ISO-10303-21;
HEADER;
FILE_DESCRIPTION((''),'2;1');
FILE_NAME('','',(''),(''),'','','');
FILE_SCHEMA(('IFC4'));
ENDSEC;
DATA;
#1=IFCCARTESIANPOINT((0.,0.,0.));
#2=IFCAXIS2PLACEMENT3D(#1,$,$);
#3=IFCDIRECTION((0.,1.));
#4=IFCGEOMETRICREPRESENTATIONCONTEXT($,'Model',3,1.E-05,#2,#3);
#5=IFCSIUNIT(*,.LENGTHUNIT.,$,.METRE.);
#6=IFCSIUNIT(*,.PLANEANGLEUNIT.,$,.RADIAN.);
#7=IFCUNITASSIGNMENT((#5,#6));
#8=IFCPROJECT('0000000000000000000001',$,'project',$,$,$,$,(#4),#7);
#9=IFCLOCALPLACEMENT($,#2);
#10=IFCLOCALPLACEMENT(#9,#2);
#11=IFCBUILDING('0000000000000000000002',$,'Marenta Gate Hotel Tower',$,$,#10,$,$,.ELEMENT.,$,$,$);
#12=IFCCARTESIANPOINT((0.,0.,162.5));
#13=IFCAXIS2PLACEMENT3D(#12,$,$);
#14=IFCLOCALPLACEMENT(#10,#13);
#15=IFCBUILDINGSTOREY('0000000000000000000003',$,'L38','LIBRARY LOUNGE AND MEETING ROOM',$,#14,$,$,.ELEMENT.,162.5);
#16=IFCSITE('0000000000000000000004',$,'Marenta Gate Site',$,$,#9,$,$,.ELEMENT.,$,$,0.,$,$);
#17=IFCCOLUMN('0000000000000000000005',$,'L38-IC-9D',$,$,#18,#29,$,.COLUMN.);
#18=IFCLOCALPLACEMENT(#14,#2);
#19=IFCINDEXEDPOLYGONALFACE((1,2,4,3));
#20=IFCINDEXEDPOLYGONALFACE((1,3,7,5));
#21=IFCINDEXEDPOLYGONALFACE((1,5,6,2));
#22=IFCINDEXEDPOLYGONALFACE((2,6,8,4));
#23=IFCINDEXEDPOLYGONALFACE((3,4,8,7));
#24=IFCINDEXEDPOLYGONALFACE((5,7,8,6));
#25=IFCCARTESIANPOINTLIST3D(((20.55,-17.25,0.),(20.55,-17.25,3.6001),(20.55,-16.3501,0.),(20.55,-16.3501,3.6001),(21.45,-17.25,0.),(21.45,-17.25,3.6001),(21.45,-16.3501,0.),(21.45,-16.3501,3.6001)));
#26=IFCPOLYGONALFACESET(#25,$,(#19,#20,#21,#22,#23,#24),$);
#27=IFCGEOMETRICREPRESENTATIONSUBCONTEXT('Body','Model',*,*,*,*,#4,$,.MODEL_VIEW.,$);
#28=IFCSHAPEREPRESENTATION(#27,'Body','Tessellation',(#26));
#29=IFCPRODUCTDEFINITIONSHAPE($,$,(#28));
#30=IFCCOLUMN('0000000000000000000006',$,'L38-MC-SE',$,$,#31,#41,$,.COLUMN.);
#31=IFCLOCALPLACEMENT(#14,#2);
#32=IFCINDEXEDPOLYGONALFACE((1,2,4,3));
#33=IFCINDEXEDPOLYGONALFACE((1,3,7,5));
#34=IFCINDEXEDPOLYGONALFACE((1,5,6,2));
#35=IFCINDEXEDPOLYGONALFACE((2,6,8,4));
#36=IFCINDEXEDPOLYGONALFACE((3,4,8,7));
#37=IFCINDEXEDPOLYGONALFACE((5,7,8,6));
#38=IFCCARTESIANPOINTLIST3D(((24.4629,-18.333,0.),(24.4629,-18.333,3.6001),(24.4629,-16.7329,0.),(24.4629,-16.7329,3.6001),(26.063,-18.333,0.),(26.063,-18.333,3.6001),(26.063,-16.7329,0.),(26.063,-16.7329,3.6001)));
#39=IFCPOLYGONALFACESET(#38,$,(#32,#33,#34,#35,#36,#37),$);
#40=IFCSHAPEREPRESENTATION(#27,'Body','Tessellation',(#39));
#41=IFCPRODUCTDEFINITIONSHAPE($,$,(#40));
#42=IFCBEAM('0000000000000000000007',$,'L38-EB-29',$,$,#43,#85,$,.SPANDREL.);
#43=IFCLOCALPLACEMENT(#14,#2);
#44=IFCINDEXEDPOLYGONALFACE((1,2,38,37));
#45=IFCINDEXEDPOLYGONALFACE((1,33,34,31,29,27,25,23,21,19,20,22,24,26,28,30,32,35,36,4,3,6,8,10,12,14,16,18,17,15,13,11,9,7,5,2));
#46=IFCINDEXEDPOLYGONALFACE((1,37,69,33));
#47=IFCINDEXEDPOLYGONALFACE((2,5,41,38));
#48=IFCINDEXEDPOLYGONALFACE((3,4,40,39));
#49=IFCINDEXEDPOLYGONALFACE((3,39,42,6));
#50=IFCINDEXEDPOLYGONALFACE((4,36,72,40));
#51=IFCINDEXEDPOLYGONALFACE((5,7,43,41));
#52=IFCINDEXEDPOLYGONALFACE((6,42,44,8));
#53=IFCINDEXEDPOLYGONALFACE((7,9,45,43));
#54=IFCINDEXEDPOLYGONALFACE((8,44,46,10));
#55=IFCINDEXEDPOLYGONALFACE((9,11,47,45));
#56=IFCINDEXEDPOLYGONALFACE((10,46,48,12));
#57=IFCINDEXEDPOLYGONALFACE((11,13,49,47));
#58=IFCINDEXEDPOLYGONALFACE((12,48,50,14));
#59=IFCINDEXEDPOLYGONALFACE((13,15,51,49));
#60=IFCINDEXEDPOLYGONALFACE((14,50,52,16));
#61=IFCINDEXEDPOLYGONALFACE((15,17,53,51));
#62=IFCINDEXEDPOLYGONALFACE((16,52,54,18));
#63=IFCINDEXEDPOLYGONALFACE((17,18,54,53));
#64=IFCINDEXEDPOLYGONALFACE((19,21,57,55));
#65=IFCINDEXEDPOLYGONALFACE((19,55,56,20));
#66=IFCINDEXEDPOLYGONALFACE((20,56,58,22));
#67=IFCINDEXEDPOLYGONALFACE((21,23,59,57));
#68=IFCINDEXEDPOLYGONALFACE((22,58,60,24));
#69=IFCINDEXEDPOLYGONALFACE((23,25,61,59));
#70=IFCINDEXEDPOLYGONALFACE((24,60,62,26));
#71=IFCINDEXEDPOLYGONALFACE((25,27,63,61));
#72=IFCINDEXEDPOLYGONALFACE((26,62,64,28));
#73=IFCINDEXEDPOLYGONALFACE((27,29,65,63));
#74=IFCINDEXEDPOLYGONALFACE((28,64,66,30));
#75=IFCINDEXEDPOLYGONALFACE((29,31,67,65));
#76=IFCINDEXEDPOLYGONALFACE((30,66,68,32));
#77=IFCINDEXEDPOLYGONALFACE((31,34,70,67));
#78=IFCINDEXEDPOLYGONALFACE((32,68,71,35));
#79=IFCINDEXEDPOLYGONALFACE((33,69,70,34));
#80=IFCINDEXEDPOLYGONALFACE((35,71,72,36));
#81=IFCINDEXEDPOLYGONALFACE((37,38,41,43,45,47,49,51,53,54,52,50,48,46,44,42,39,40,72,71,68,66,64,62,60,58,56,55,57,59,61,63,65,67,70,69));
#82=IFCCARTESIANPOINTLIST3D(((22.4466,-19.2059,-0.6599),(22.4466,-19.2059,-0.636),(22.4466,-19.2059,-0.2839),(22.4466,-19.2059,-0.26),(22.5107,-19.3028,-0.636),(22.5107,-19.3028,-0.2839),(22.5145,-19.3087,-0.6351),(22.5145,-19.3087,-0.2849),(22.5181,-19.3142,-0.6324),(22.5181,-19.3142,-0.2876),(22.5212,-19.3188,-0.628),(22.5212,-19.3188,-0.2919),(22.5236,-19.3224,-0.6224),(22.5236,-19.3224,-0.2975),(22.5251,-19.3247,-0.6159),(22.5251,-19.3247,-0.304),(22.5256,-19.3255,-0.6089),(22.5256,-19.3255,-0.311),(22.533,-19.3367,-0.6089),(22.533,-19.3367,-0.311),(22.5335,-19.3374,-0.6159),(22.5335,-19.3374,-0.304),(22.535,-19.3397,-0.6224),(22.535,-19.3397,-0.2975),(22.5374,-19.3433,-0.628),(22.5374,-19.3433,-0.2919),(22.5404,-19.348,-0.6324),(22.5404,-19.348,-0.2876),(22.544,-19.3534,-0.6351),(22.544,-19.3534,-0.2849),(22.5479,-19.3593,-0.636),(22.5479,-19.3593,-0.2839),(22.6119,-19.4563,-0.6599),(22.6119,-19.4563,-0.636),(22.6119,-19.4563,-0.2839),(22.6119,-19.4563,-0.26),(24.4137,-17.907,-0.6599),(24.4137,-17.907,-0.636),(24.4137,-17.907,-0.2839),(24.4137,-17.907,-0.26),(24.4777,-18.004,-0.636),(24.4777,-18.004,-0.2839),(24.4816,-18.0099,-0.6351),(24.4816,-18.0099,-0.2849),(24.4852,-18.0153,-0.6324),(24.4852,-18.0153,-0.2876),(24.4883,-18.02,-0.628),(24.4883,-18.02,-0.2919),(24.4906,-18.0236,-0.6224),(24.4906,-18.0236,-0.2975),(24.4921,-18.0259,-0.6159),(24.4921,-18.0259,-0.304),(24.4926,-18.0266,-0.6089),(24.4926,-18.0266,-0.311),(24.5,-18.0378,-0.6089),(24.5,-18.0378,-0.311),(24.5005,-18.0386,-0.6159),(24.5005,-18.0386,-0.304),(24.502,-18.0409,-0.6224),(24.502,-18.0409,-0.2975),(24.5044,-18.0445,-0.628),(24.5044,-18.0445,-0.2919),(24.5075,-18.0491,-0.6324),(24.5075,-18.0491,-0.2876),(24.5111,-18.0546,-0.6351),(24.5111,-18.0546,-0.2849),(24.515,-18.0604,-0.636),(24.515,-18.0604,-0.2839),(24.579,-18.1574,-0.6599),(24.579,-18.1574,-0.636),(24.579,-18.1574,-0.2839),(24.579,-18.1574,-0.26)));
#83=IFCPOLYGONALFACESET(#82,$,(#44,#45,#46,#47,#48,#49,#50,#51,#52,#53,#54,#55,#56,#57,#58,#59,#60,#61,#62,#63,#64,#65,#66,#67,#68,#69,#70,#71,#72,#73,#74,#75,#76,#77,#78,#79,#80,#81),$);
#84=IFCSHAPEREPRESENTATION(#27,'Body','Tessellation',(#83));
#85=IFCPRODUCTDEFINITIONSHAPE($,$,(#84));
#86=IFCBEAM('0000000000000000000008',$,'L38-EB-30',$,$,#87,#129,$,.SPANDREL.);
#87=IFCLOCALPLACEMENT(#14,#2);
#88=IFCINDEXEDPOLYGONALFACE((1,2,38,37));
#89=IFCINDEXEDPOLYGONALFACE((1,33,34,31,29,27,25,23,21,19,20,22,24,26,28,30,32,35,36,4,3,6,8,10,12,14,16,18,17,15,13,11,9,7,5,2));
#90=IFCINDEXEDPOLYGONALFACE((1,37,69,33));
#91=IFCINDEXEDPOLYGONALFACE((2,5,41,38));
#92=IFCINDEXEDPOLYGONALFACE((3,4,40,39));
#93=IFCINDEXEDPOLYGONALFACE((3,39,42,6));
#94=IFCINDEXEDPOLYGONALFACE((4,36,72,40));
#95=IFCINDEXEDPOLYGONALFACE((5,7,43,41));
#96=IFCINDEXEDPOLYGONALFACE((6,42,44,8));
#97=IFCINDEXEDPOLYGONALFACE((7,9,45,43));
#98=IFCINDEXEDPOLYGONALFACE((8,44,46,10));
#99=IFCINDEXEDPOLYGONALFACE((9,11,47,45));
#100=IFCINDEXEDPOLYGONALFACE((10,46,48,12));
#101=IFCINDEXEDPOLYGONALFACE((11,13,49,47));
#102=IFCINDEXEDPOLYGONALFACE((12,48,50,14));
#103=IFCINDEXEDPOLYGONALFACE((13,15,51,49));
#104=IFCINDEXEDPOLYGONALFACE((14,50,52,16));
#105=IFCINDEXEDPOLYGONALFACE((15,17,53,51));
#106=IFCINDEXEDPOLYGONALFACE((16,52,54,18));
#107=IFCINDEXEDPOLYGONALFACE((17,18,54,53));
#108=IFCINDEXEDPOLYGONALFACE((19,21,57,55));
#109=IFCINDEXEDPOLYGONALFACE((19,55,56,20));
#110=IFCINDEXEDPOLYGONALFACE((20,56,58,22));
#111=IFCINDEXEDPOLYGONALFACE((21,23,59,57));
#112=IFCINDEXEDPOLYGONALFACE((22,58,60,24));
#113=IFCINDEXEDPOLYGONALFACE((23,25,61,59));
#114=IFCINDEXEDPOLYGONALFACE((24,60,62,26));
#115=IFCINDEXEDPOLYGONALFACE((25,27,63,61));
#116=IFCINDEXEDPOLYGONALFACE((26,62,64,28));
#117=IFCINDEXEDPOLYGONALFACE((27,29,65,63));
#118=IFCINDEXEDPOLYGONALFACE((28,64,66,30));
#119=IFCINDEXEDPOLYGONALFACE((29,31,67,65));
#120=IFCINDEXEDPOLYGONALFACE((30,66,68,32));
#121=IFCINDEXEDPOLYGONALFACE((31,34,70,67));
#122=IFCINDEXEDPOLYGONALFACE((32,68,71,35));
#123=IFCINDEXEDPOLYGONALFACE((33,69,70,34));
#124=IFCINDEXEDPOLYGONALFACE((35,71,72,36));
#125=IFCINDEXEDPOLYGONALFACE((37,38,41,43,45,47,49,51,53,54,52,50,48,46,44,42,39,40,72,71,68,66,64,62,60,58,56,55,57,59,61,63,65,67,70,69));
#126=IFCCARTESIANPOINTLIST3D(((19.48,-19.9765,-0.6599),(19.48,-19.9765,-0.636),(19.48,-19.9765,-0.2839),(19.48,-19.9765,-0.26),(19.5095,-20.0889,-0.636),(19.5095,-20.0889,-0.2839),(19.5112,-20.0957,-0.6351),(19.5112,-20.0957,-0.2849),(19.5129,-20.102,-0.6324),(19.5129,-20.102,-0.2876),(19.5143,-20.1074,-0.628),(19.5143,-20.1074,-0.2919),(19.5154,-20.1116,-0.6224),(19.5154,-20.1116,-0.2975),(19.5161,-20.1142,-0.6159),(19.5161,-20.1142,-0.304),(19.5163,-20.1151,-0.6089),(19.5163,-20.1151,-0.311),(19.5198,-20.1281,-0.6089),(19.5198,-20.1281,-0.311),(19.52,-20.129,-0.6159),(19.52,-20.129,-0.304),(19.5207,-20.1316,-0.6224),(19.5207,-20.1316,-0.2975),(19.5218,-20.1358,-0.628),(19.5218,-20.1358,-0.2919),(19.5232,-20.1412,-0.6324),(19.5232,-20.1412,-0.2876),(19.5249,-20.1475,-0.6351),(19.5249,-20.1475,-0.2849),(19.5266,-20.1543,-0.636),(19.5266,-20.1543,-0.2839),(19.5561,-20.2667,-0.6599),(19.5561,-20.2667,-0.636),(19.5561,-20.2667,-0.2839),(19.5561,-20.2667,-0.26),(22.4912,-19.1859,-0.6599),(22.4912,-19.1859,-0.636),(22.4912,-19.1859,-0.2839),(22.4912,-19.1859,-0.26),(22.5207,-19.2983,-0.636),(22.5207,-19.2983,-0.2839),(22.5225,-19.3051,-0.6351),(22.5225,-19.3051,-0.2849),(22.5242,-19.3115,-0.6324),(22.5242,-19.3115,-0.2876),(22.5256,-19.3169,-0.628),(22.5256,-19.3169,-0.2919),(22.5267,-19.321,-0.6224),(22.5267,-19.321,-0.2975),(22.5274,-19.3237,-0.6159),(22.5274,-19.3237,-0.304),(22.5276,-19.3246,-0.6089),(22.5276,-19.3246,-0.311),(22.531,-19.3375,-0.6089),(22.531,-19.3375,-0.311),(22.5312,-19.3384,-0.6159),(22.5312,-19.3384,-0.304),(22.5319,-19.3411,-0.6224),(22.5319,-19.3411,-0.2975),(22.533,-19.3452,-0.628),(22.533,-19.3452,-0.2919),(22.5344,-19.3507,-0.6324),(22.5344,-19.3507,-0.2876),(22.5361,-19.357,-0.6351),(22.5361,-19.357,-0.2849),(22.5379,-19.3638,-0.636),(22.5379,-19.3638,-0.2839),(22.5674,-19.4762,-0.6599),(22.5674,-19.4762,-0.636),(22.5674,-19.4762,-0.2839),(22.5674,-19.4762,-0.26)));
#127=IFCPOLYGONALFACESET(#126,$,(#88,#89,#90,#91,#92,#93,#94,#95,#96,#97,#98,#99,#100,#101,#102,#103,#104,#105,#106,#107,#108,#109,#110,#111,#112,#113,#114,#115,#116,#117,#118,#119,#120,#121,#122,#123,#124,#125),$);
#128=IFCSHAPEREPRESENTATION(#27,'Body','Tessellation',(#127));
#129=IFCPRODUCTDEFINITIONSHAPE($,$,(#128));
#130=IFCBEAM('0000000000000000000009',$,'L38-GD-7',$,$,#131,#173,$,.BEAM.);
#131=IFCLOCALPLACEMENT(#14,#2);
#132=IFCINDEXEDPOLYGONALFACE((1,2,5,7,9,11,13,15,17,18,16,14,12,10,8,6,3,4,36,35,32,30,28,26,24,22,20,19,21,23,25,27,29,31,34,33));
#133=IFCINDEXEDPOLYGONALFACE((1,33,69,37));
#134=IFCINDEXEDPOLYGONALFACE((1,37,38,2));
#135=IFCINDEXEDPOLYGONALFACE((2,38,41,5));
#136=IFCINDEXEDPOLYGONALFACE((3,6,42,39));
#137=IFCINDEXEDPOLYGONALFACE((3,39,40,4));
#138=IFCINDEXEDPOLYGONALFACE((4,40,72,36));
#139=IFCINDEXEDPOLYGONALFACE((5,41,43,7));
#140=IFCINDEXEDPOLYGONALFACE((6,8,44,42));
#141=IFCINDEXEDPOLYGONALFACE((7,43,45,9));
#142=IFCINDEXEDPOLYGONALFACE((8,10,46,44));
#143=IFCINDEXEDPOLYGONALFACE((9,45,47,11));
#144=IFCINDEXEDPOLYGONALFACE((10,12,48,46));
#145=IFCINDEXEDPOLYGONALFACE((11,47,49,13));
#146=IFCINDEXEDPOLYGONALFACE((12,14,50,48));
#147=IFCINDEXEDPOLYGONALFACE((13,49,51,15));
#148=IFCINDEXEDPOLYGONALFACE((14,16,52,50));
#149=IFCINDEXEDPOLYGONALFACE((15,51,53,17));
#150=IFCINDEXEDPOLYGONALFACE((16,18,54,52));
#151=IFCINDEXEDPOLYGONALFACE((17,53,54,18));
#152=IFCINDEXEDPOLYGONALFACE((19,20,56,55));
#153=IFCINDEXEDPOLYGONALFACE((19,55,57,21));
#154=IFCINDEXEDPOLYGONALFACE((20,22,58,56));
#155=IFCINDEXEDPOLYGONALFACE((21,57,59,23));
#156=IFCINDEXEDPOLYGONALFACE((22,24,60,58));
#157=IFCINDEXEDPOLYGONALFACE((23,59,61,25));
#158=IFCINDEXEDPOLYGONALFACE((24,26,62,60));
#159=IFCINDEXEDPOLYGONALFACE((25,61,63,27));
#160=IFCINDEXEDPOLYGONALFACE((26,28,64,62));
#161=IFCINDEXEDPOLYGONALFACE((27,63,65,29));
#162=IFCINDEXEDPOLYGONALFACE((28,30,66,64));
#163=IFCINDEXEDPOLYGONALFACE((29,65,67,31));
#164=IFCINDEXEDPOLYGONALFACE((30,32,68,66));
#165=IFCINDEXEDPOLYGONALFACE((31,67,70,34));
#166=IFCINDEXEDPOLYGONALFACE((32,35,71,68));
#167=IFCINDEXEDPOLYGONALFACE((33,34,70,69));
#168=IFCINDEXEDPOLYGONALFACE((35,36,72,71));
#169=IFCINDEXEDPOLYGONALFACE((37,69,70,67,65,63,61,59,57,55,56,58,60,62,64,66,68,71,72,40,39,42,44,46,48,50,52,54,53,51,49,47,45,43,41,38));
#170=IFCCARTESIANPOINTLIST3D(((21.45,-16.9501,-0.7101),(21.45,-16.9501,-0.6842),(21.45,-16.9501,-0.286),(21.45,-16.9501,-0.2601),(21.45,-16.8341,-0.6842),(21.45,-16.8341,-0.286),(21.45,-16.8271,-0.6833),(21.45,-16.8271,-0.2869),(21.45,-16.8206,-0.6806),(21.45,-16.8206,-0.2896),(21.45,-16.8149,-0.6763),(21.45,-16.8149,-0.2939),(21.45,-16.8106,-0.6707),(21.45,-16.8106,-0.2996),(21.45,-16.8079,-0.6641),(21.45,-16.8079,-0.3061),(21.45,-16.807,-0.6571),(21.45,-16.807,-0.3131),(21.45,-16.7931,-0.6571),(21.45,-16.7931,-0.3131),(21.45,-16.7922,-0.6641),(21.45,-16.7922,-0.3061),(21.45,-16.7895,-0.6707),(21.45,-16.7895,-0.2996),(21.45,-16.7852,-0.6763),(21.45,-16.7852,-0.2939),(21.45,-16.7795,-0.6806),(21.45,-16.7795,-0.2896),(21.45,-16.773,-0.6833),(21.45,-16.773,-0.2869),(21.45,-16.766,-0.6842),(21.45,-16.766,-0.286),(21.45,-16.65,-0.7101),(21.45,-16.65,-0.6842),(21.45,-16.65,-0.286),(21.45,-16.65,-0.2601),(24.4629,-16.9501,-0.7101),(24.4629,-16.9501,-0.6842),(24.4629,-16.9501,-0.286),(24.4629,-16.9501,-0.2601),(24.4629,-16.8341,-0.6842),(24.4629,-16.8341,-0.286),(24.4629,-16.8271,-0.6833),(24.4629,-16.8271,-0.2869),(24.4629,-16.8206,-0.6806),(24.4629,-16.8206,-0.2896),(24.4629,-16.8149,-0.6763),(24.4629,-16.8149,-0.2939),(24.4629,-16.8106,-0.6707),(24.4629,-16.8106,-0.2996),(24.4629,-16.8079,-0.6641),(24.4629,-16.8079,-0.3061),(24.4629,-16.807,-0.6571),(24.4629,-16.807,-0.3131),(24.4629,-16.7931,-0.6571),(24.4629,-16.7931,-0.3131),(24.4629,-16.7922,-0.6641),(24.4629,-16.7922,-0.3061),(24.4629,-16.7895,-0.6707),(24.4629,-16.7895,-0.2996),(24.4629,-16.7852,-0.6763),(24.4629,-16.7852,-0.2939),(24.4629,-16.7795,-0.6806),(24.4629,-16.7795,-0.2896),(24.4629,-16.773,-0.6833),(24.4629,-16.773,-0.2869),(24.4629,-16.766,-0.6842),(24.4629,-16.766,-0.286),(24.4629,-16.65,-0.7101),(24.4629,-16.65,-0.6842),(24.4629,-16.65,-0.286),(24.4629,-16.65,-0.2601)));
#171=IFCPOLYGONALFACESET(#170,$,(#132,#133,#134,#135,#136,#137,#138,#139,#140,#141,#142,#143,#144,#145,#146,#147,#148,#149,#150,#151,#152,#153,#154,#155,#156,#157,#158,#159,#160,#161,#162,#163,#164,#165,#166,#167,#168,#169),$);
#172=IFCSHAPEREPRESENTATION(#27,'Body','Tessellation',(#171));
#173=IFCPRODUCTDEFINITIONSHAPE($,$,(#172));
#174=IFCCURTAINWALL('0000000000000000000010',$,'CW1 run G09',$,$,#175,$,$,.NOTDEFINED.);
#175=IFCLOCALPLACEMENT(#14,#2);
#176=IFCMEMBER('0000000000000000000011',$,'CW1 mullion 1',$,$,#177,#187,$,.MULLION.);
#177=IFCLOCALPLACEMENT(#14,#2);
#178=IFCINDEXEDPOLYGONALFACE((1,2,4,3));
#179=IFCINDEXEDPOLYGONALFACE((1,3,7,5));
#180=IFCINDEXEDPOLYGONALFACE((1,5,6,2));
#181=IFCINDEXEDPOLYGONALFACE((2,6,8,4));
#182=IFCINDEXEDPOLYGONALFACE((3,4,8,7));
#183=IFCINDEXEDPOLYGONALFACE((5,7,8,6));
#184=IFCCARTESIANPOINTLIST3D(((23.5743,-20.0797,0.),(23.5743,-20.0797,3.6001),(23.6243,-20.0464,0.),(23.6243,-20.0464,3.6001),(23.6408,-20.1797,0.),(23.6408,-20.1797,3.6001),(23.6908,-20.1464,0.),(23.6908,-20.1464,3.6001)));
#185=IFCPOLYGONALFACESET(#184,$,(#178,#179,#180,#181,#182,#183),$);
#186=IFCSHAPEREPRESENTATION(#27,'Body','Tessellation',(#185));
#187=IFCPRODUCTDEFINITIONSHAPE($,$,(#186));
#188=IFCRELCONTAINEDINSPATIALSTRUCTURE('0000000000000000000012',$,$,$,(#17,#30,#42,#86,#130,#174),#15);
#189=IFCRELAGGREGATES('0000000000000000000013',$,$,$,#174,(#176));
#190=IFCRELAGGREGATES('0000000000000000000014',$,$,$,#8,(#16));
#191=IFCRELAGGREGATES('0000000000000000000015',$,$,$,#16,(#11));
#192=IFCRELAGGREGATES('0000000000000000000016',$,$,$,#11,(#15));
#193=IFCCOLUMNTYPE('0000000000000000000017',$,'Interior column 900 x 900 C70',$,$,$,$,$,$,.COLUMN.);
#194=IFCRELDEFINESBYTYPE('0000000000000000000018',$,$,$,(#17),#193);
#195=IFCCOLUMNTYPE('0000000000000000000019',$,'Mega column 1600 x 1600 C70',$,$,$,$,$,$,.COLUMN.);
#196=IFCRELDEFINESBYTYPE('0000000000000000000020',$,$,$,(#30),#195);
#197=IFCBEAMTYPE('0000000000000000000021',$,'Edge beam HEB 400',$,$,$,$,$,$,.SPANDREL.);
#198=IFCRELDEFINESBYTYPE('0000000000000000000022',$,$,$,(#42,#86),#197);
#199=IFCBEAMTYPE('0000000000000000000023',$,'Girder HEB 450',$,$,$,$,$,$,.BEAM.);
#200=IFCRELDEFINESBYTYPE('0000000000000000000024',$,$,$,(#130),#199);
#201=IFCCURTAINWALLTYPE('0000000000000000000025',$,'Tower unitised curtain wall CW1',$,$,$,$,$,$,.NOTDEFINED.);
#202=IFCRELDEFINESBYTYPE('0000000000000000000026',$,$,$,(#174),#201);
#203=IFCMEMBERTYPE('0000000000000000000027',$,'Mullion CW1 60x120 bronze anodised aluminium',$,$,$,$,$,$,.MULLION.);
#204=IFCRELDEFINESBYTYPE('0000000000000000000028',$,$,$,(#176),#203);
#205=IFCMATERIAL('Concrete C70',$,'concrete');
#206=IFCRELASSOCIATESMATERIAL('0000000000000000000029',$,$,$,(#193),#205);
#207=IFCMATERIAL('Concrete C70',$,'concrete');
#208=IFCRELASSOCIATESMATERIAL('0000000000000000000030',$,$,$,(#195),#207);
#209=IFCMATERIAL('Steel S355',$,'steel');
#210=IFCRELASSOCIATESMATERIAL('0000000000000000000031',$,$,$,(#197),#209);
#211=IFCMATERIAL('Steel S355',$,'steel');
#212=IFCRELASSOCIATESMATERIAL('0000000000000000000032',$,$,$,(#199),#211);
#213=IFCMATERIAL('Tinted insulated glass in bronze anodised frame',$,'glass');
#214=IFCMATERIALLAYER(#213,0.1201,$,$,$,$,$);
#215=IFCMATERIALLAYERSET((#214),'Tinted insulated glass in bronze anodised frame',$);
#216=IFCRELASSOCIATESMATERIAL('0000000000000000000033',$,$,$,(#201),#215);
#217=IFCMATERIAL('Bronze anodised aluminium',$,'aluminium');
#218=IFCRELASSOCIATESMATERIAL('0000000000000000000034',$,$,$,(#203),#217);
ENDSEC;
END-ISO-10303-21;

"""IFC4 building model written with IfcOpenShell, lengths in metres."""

from ifc_helpers import new_model, si_unit, direction, frame, origin, origin_2d, place, context, subcontext, project, spatial, rectangle, i_section, extrude, material, layer, layer_set, material_profile, profile_set, type_object, element, aggregate, save


model = new_model("IFC4")

# Units and contexts
model_context = context("Model", 3, precision=1e-05, world=origin(), true_north=direction((0.0, 1.0)))
body_context = subcontext(model_context, "Body", "Model", "MODEL_VIEW")
ifc_project = project(units=[si_unit("LENGTHUNIT", "METRE"), si_unit("PLANEANGLEUNIT", "RADIAN")], contexts=[model_context])

# Site, building, storey
site_placement = place(None, origin())
site = spatial("IfcSite", under=ifc_project, at=site_placement, Name="Marenta Gate Site", CompositionType="ELEMENT", RefElevation=0.0)
building_placement = place(site_placement, origin())
building = spatial("IfcBuilding", under=site, at=building_placement, Name="Marenta Gate Hotel Tower", CompositionType="ELEMENT")
storey_placement = place(building_placement, frame((0.0, 0.0, 162.5)))
storey = spatial("IfcBuildingStorey", under=building, at=storey_placement, Name="L38", Description="LIBRARY LOUNGE AND MEETING ROOM", CompositionType="ELEMENT", Elevation=162.5)

# Columns
ifc_material_1 = material(Name="Concrete C70", Category="concrete")
ifc_material_profile_1 = material_profile(ifc_material_1, rectangle(XDim=0.8999, YDim=0.8999, at=origin_2d()), Name="900 x 900")
ifc_profile_set_1 = profile_set([ifc_material_profile_1], Name="Concrete C70")
column_type_1 = type_object("IfcColumnType", Name="Interior column 900 x 900 C70", PredefinedType="COLUMN", material=ifc_profile_set_1)
column_1_placement = place(storey_placement, frame((21.0, -16.8, 0.0), z_axis=(0.0, 0.0, 1.0), x_axis=(1.0, 0.0, 0.0)))
element("IfcColumn", 1, at=column_1_placement, inside=storey, type_object=column_type_1, Name="L38-IC-9D", PredefinedType="COLUMN", context=body_context, shape_type="SweptSolid", body=[
    extrude(rectangle(XDim=0.8999, YDim=0.8999, at=origin_2d()), origin(), (0.0, 0.0, 1.0), 3.6001),
])
ifc_material_2 = material(Name="Concrete C70", Category="concrete")
ifc_material_profile_2 = material_profile(ifc_material_2, rectangle(XDim=1.6001, YDim=1.6001, at=origin_2d()), Name="1600 x 1600")
ifc_profile_set_2 = profile_set([ifc_material_profile_2], Name="Concrete C70")
column_type_2 = type_object("IfcColumnType", Name="Mega column 1600 x 1600 C70", PredefinedType="COLUMN", material=ifc_profile_set_2)
column_2_placement = place(storey_placement, frame((25.2629, -17.533, 0.0), z_axis=(0.0, 0.0, 1.0), x_axis=(1.0, 0.0, 0.0)))
element("IfcColumn", 2, at=column_2_placement, inside=storey, type_object=column_type_2, Name="L38-MC-SE", PredefinedType="COLUMN", context=body_context, shape_type="SweptSolid", body=[
    extrude(rectangle(XDim=1.6001, YDim=1.6001, at=origin_2d()), origin(), (0.0, 0.0, 1.0), 3.6001),
])

# Beams
ifc_material_3 = material(Name="Steel S355", Category="steel")
ifc_material_profile_3 = material_profile(ifc_material_3, i_section(OverallWidth=0.3, OverallDepth=0.3999, WebThickness=0.0134, FlangeThickness=0.0239, FilletRadius=0.0271, at=origin_2d()), Name="HEB 400")
ifc_profile_set_3 = profile_set([ifc_material_profile_3], Name="Steel S355")
beam_type_1 = type_object("IfcBeamType", Name="Edge beam HEB 400", PredefinedType="SPANDREL", material=ifc_profile_set_3)
beam_1_placement = place(storey_placement, frame((24.4963, -18.0322, -0.46), z_axis=(-0.834496, -0.551014, 0.0), x_axis=(0.551014, -0.834496, 0.0)))
element("IfcBeam", 3, at=beam_1_placement, inside=storey, type_object=beam_type_1, Name="L38-EB-29", PredefinedType="SPANDREL", context=body_context, shape_type="SweptSolid", body=[
    extrude(i_section(OverallWidth=0.3, OverallDepth=0.3999, WebThickness=0.0134, FlangeThickness=0.0239, FilletRadius=0.0271, at=origin_2d()), origin(), (0.0, 0.0, 1.0), 2.3572),
])
beam_2_placement = place(storey_placement, frame((22.5293, -19.3311, -0.46), z_axis=(-0.967225, -0.253922, 0.0), x_axis=(0.253922, -0.967225, 0.0)))
element("IfcBeam", 4, at=beam_2_placement, inside=storey, type_object=beam_type_1, Name="L38-EB-30", PredefinedType="SPANDREL", context=body_context, shape_type="SweptSolid", body=[
    extrude(i_section(OverallWidth=0.3, OverallDepth=0.3999, WebThickness=0.0134, FlangeThickness=0.0239, FilletRadius=0.0271, at=origin_2d()), origin(), (0.0, 0.0, 1.0), 3.1133),
])
ifc_material_4 = material(Name="Steel S355", Category="steel")
ifc_material_profile_4 = material_profile(ifc_material_4, i_section(OverallWidth=0.3, OverallDepth=0.45, WebThickness=0.0139, FlangeThickness=0.0259, FilletRadius=0.0271, at=origin_2d()), Name="HEB 450")
ifc_profile_set_4 = profile_set([ifc_material_profile_4], Name="Steel S355")
beam_type_2 = type_object("IfcBeamType", Name="Girder HEB 450", PredefinedType="BEAM", material=ifc_profile_set_4)
beam_3_placement = place(storey_placement, frame((21.45, -16.8, -0.4851), z_axis=(1.0, 0.0, 0.0), x_axis=(0.0, 1.0, 0.0)))
element("IfcBeam", 5, at=beam_3_placement, inside=storey, type_object=beam_type_2, Name="L38-GD-7", PredefinedType="BEAM", context=body_context, shape_type="SweptSolid", body=[
    extrude(i_section(OverallWidth=0.3, OverallDepth=0.45, WebThickness=0.0139, FlangeThickness=0.0259, FilletRadius=0.0271, at=origin_2d()), origin(), (0.0, 0.0, 1.0), 3.0129),
])

# Curtain wall, member
ifc_material_5 = material(Name="Tinted insulated glass in bronze anodised frame", Category="glass")
ifc_layer_1 = layer(ifc_material_5, 0.1201)
ifc_layer_set_1 = layer_set([ifc_layer_1], Name="Tinted insulated glass in bronze anodised frame")
curtain_wall_type = type_object("IfcCurtainWallType", Name="Tower unitised curtain wall CW1", PredefinedType="NOTDEFINED", material=ifc_layer_set_1)
curtain_wall_1_placement = place(storey_placement, origin())
curtain_wall_1 = element("IfcCurtainWall", 6, at=curtain_wall_1_placement, inside=storey, type_object=curtain_wall_type, Name="CW1 run G09", PredefinedType="NOTDEFINED")
ifc_material_6 = material(Name="Bronze anodised aluminium", Category="aluminium")
ifc_material_profile_5 = material_profile(ifc_material_6, rectangle(XDim=0.1201, YDim=0.0601, at=origin_2d()), Name="Mullion CW1 60x120 bronze anodised aluminium")
ifc_profile_set_5 = profile_set([ifc_material_profile_5], Name="Bronze anodised aluminium")
member_type_1 = type_object("IfcMemberType", Name="Mullion CW1 60x120 bronze anodised aluminium", PredefinedType="MULLION", material=ifc_profile_set_5)
member_1_placement = place(storey_placement, frame((23.6326, -20.113, 0.0), z_axis=(0.0, 0.0, 1.0), x_axis=(-0.554016, 0.832506, 0.0)))
member_1 = element("IfcMember", 7, at=member_1_placement, type_object=member_type_1, Name="CW1 mullion 1", PredefinedType="MULLION", context=body_context, shape_type="SweptSolid", body=[
    extrude(rectangle(XDim=0.1201, YDim=0.0601, at=origin_2d()), origin(), (0.0, 0.0, 1.0), 3.6001),
])

aggregate(curtain_wall_1, [member_1])

save(model, "model.ifc")
